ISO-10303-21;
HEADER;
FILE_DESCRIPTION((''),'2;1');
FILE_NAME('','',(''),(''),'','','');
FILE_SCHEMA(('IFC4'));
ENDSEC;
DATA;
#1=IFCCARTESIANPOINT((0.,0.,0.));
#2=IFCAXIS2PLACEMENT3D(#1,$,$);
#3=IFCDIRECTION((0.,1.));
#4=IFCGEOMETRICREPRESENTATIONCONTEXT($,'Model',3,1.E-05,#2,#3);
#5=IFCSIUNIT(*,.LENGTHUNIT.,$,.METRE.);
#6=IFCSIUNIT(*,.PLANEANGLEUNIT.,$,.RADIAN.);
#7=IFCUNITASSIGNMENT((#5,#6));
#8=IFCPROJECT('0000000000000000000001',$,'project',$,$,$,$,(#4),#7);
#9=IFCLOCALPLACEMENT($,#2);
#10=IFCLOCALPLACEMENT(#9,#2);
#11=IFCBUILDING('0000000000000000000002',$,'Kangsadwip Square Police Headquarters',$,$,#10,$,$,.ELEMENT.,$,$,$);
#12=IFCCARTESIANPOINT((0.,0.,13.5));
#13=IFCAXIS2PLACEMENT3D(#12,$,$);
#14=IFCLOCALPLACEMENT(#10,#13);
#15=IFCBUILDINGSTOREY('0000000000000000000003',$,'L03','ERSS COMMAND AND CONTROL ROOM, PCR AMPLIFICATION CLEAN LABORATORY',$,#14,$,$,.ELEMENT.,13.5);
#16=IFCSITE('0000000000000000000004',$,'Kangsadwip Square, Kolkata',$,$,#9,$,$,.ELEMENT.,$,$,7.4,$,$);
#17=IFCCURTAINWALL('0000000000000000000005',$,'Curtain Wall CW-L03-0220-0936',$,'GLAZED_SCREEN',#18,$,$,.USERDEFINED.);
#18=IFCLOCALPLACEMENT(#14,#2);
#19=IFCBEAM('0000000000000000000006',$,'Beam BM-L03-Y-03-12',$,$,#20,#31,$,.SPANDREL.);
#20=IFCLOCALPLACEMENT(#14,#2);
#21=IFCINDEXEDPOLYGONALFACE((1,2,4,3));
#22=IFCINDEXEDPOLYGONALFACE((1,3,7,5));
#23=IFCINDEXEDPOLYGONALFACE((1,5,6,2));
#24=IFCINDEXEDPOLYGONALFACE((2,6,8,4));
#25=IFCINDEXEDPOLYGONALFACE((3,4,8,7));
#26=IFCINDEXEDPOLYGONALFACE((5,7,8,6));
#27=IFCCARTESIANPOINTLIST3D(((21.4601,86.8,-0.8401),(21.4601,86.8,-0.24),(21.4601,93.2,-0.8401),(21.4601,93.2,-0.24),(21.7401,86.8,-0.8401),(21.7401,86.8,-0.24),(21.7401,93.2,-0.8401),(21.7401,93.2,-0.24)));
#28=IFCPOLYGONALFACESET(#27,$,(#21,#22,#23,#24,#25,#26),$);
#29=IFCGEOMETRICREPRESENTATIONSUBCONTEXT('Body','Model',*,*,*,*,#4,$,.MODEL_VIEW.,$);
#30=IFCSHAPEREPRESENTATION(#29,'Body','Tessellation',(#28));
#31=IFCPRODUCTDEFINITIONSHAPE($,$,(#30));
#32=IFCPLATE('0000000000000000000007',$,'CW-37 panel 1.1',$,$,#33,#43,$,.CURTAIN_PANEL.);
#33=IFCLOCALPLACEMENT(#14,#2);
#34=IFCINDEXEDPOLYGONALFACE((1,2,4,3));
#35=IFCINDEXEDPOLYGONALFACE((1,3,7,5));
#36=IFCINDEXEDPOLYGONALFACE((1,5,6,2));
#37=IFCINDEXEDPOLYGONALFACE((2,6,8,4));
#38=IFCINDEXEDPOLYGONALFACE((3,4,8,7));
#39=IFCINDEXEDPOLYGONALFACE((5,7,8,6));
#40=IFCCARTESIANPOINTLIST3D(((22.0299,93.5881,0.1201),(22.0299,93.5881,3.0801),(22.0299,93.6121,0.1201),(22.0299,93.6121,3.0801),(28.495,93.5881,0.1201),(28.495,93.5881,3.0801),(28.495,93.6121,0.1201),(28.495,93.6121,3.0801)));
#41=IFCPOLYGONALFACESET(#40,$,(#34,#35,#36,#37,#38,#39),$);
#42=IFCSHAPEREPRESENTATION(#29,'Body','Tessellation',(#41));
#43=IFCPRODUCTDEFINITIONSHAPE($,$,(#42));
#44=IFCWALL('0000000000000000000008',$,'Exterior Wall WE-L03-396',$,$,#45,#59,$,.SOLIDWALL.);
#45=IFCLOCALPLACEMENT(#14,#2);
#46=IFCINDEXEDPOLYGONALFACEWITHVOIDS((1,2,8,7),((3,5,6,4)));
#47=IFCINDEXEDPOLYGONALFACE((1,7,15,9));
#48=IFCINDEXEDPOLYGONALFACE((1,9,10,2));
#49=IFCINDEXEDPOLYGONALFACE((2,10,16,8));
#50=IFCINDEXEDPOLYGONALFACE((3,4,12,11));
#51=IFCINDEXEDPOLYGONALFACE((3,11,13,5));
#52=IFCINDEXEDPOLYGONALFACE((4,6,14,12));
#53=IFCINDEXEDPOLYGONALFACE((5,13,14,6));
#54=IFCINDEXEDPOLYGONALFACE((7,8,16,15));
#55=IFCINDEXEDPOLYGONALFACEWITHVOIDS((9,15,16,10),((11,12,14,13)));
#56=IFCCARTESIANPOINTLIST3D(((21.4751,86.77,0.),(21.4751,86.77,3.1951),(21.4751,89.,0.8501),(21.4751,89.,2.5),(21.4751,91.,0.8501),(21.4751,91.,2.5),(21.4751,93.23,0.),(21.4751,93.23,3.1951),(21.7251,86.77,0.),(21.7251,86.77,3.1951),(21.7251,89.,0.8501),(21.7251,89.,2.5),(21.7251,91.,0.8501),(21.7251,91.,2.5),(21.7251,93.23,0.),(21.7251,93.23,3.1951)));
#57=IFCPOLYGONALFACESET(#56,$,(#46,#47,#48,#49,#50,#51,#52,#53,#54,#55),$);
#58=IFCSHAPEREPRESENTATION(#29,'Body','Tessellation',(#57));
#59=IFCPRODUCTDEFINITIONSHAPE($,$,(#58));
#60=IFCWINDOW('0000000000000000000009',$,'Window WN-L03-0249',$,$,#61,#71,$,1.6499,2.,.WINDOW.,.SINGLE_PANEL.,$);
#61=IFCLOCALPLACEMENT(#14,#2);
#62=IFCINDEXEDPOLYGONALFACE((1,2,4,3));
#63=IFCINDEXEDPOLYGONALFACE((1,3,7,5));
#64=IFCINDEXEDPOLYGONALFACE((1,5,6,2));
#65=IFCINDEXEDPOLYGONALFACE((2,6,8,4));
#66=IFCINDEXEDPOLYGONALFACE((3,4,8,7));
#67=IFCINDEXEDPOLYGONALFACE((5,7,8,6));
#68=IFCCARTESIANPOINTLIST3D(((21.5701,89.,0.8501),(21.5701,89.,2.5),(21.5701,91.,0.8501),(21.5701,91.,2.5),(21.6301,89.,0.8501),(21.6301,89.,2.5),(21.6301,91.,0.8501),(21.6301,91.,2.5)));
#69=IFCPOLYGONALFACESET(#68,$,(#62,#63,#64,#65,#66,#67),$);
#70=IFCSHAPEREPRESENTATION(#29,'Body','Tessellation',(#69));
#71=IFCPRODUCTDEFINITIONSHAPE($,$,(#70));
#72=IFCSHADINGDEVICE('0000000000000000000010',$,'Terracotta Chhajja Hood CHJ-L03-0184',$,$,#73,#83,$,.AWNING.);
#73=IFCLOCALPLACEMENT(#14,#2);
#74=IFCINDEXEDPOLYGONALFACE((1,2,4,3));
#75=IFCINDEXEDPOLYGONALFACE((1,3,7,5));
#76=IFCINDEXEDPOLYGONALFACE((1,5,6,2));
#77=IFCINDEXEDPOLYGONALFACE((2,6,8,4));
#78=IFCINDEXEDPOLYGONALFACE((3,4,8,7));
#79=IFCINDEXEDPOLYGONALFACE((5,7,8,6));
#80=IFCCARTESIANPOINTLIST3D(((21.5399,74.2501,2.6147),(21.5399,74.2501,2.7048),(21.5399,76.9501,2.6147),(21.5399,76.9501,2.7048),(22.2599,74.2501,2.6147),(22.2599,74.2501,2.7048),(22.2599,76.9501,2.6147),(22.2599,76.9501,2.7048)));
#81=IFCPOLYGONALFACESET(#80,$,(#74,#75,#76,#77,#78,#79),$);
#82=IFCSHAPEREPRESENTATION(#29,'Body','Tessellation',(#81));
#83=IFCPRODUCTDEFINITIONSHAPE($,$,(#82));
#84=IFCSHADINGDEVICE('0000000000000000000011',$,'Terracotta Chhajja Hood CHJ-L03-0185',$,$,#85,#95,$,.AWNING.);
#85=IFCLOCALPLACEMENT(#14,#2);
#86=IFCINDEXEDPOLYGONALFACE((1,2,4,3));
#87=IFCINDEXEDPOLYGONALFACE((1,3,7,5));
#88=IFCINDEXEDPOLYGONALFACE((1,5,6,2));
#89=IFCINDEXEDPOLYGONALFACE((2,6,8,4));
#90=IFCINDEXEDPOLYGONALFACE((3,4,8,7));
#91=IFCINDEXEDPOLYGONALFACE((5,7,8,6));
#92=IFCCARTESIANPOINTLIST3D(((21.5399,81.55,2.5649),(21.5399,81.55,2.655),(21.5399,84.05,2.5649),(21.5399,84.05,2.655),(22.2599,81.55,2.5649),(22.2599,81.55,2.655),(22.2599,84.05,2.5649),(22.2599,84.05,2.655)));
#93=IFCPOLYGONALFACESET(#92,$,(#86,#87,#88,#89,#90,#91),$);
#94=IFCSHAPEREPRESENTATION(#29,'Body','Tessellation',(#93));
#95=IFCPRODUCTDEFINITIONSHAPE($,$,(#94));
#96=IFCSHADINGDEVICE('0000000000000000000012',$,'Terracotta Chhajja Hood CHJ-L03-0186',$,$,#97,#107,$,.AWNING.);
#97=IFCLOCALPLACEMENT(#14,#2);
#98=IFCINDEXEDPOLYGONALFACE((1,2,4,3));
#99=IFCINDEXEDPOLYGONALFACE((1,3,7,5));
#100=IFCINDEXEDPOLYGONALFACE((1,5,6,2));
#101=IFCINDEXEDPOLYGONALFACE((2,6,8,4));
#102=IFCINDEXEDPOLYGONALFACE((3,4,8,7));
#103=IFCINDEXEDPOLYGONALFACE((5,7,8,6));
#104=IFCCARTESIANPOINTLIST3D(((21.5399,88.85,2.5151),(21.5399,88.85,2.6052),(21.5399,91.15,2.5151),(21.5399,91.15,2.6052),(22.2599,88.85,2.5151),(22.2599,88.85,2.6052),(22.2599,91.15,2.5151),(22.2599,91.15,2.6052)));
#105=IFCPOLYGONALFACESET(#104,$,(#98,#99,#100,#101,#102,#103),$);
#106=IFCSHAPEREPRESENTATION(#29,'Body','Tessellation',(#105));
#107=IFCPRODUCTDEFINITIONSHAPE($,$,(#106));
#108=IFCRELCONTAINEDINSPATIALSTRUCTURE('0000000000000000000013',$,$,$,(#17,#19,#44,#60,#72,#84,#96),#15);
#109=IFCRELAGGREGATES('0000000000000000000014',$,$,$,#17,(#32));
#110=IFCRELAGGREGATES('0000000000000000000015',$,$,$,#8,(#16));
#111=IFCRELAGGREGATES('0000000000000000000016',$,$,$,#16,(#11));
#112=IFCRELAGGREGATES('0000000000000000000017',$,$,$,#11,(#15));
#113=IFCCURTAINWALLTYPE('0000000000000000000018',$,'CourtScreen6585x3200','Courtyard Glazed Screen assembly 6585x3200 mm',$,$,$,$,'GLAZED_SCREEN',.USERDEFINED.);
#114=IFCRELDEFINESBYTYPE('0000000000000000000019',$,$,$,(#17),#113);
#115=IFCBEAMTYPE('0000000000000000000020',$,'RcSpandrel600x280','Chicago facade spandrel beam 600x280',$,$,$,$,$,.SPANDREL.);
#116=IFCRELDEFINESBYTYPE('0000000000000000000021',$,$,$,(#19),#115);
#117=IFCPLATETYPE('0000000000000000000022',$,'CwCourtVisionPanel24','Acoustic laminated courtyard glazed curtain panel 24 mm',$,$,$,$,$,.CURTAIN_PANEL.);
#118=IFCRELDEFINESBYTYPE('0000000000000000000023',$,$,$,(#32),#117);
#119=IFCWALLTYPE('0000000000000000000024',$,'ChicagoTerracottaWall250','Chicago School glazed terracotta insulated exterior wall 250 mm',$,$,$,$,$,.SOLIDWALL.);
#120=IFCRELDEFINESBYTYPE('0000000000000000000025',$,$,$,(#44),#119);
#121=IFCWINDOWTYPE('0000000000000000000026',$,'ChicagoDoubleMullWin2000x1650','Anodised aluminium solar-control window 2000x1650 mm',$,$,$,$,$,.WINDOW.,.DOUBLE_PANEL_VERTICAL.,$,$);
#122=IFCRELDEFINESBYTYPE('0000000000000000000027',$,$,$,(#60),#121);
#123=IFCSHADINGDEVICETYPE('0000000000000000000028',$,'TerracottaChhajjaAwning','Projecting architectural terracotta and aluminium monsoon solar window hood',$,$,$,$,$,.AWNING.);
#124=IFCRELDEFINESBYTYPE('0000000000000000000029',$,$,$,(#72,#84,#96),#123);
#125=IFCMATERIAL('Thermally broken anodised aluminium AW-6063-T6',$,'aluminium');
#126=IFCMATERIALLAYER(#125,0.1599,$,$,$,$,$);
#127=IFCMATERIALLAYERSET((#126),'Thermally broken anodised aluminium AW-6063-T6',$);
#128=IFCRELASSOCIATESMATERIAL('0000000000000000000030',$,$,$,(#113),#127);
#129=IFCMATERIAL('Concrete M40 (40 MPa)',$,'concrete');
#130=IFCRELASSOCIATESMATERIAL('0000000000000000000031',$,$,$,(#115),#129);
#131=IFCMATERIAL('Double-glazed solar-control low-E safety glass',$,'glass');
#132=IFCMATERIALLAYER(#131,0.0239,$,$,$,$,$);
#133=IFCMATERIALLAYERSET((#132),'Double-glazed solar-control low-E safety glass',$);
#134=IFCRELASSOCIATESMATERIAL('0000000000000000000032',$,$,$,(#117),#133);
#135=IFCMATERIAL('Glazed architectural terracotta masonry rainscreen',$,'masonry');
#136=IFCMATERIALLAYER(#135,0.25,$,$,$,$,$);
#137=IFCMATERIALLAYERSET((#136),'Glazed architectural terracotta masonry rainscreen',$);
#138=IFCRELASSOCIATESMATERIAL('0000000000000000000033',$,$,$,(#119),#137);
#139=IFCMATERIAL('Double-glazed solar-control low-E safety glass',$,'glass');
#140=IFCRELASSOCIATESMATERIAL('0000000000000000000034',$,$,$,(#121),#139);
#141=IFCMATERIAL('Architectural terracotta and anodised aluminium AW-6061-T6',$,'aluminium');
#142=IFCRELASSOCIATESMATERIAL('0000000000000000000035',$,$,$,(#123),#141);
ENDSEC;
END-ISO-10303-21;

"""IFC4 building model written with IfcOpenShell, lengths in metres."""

from ifc_helpers import new_model, si_unit, direction, frame, frame_2d, origin, origin_2d, place, context, subcontext, project, spatial, rectangle, extrude, material, layer, layer_set, material_profile, profile_set, type_object, element, fill, aggregate, save


model = new_model("IFC4")

# Units and contexts
model_context = context("Model", 3, precision=1e-05, world=origin(), true_north=direction((0.0, 1.0)))
body_context = subcontext(model_context, "Body", "Model", "MODEL_VIEW")
ifc_project = project(units=[si_unit("LENGTHUNIT", "METRE"), si_unit("PLANEANGLEUNIT", "RADIAN")], contexts=[model_context])

# Site, building, storey
site_placement = place(None, origin())
site = spatial("IfcSite", under=ifc_project, at=site_placement, Name="Kangsadwip Square, Kolkata", CompositionType="ELEMENT", RefElevation=7.4)
building_placement = place(site_placement, origin())
building = spatial("IfcBuilding", under=site, at=building_placement, Name="Kangsadwip Square Police Headquarters", CompositionType="ELEMENT")
storey_placement = place(building_placement, frame((0.0, 0.0, 13.5)))
storey = spatial("IfcBuildingStorey", under=building, at=storey_placement, Name="L03", Description="ERSS COMMAND AND CONTROL ROOM, PCR AMPLIFICATION CLEAN LABORATORY", CompositionType="ELEMENT", Elevation=13.5)

# Curtain wall
ifc_material_1 = material(Name="Thermally broken anodised aluminium AW-6063-T6", Category="aluminium")
ifc_layer_1 = layer(ifc_material_1, 0.1599)
ifc_layer_set_1 = layer_set([ifc_layer_1], Name="Thermally broken anodised aluminium AW-6063-T6")
curtain_wall_type_1 = type_object("IfcCurtainWallType", Name="CourtScreen6585x3200", Description="Courtyard Glazed Screen assembly 6585x3200 mm", ElementType="GLAZED_SCREEN", PredefinedType="USERDEFINED", material=ifc_layer_set_1)
curtain_wall_1_placement = place(storey_placement, origin())
curtain_wall_1 = element("IfcCurtainWall", 1, at=curtain_wall_1_placement, inside=storey, type_object=curtain_wall_type_1, Name="Curtain Wall CW-L03-0220-0936", ObjectType="GLAZED_SCREEN", PredefinedType="USERDEFINED")

# Beam
ifc_material_2 = material(Name="Concrete M40 (40 MPa)", Category="concrete")
ifc_material_profile_1 = material_profile(ifc_material_2, rectangle(XDim=0.28, YDim=0.6001, at=origin_2d()), Name="RC SPN 600X280")
ifc_profile_set_1 = profile_set([ifc_material_profile_1], Name="Concrete M40 (40 MPa)")
beam_type = type_object("IfcBeamType", Name="RcSpandrel600x280", Description="Chicago facade spandrel beam 600x280", PredefinedType="SPANDREL", material=ifc_profile_set_1)
beam_1_placement = place(storey_placement, frame((21.6001, 86.8, -0.54), z_axis=(0.0, 1.0, 0.0), x_axis=(-1.0, 0.0, 0.0)))
element("IfcBeam", 2, at=beam_1_placement, inside=storey, type_object=beam_type, Name="Beam BM-L03-Y-03-12", PredefinedType="SPANDREL", context=body_context, shape_type="SweptSolid", body=[
    extrude(rectangle(XDim=0.28, YDim=0.6001, at=origin_2d()), origin(), (0.0, 0.0, 1.0), 6.3999),
])

# Plate
ifc_material_3 = material(Name="Double-glazed solar-control low-E safety glass", Category="glass")
ifc_layer_2 = layer(ifc_material_3, 0.0239)
ifc_layer_set_2 = layer_set([ifc_layer_2], Name="Double-glazed solar-control low-E safety glass")
plate_type = type_object("IfcPlateType", Name="CwCourtVisionPanel24", Description="Acoustic laminated courtyard glazed curtain panel 24 mm", PredefinedType="CURTAIN_PANEL", material=ifc_layer_set_2)
plate_placement = place(storey_placement, frame((25.2625, 93.6001, 0.1201), z_axis=(0.0, 0.0, 1.0), x_axis=(1.0, 0.0, 0.0)))
plate = element("IfcPlate", 3, at=plate_placement, type_object=plate_type, Name="CW-37 panel 1.1", PredefinedType="CURTAIN_PANEL", context=body_context, shape_type="SweptSolid", body=[
    extrude(rectangle(XDim=6.4651, YDim=0.0239, at=origin_2d()), origin(), (0.0, 0.0, 1.0), 2.96),
])
aggregate(curtain_wall_1, [plate])

# Wall, opening, window
ifc_material_4 = material(Name="Glazed architectural terracotta masonry rainscreen", Category="masonry")
ifc_layer_3 = layer(ifc_material_4, 0.25)
ifc_layer_set_3 = layer_set([ifc_layer_3], Name="Glazed architectural terracotta masonry rainscreen")
wall_type = type_object("IfcWallType", Name="ChicagoTerracottaWall250", Description="Chicago School glazed terracotta insulated exterior wall 250 mm", PredefinedType="SOLIDWALL", material=ifc_layer_set_3)
wall_placement = place(storey_placement, frame((21.6001, 86.77, 0.0), z_axis=(0.0, 0.0, 1.0), x_axis=(0.0, 1.0, 0.0)))
wall = element("IfcWall", 4, at=wall_placement, inside=storey, type_object=wall_type, Name="Exterior Wall WE-L03-396", PredefinedType="SOLIDWALL", context=body_context, shape_type="SweptSolid", body=[
    extrude(rectangle(XDim=6.46, YDim=0.25, at=frame_2d((3.23, 0.0))), origin(), (0.0, 0.0, 1.0), 3.1951),
])
opening_placement = place(wall_placement, frame((2.23, 0.0, 0.8501)))
opening = element("IfcOpeningElement", 5, at=opening_placement, cuts=wall, PredefinedType="OPENING", context=body_context, shape_type="SweptSolid", body=[
    extrude(rectangle(XDim=2.0, YDim=1.6499, at=frame_2d((1.0, 0.825))), frame((0.0, 0.135, 0.0), z_axis=(0.0, -1.0, 0.0), x_axis=(1.0, 0.0, 0.0)), (0.0, 0.0, 1.0), 0.27),
])
ifc_material_5 = material(Name="Double-glazed solar-control low-E safety glass", Category="glass")
window_type = type_object("IfcWindowType", Name="ChicagoDoubleMullWin2000x1650", Description="Anodised aluminium solar-control window 2000x1650 mm", PartitioningType="DOUBLE_PANEL_VERTICAL", PredefinedType="WINDOW", material=ifc_material_5)
window_placement = place(opening_placement, origin())
window = element("IfcWindow", 6, at=window_placement, inside=storey, type_object=window_type, Name="Window WN-L03-0249", OverallHeight=1.6499, OverallWidth=2.0, PartitioningType="SINGLE_PANEL", PredefinedType="WINDOW", context=body_context, shape_type="SweptSolid", body=[
    extrude(rectangle(XDim=2.0, YDim=1.6499, at=frame_2d((1.0, 0.825))), frame((0.0, 0.03, 0.0), z_axis=(0.0, -1.0, 0.0), x_axis=(1.0, 0.0, 0.0)), (0.0, 0.0, 1.0), 0.0601),
])
fill(opening, window)

# Shading devices
ifc_material_6 = material(Name="Architectural terracotta and anodised aluminium AW-6061-T6", Category="aluminium")
shading_device_type = type_object("IfcShadingDeviceType", Name="TerracottaChhajjaAwning", Description="Projecting architectural terracotta and aluminium monsoon solar window hood", PredefinedType="AWNING", material=ifc_material_6)
shading_device_1_placement = place(storey_placement, frame((21.8999, 75.6001, 2.6147), z_axis=(0.0, 0.0, 1.0), x_axis=(0.0, 1.0, 0.0)))
element("IfcShadingDevice", 7, at=shading_device_1_placement, inside=storey, type_object=shading_device_type, Name="Terracotta Chhajja Hood CHJ-L03-0184", PredefinedType="AWNING", context=body_context, shape_type="SweptSolid", body=[
    extrude(rectangle(XDim=2.7, YDim=0.72, at=origin_2d()), origin(), (0.0, 0.0, 1.0), 0.0901),
])
shading_device_2_placement = place(storey_placement, frame((21.8999, 82.8, 2.5649), z_axis=(0.0, 0.0, 1.0), x_axis=(0.0, 1.0, 0.0)))
element("IfcShadingDevice", 8, at=shading_device_2_placement, inside=storey, type_object=shading_device_type, Name="Terracotta Chhajja Hood CHJ-L03-0185", PredefinedType="AWNING", context=body_context, shape_type="SweptSolid", body=[
    extrude(rectangle(XDim=2.5, YDim=0.72, at=origin_2d()), origin(), (0.0, 0.0, 1.0), 0.0901),
])
shading_device_3_placement = place(storey_placement, frame((21.8999, 90.0, 2.5151), z_axis=(0.0, 0.0, 1.0), x_axis=(0.0, 1.0, 0.0)))
element("IfcShadingDevice", 9, at=shading_device_3_placement, inside=storey, type_object=shading_device_type, Name="Terracotta Chhajja Hood CHJ-L03-0186", PredefinedType="AWNING", context=body_context, shape_type="SweptSolid", body=[
    extrude(rectangle(XDim=2.3, YDim=0.72, at=origin_2d()), origin(), (0.0, 0.0, 1.0), 0.0901),
])

save(model, "model.ifc")
